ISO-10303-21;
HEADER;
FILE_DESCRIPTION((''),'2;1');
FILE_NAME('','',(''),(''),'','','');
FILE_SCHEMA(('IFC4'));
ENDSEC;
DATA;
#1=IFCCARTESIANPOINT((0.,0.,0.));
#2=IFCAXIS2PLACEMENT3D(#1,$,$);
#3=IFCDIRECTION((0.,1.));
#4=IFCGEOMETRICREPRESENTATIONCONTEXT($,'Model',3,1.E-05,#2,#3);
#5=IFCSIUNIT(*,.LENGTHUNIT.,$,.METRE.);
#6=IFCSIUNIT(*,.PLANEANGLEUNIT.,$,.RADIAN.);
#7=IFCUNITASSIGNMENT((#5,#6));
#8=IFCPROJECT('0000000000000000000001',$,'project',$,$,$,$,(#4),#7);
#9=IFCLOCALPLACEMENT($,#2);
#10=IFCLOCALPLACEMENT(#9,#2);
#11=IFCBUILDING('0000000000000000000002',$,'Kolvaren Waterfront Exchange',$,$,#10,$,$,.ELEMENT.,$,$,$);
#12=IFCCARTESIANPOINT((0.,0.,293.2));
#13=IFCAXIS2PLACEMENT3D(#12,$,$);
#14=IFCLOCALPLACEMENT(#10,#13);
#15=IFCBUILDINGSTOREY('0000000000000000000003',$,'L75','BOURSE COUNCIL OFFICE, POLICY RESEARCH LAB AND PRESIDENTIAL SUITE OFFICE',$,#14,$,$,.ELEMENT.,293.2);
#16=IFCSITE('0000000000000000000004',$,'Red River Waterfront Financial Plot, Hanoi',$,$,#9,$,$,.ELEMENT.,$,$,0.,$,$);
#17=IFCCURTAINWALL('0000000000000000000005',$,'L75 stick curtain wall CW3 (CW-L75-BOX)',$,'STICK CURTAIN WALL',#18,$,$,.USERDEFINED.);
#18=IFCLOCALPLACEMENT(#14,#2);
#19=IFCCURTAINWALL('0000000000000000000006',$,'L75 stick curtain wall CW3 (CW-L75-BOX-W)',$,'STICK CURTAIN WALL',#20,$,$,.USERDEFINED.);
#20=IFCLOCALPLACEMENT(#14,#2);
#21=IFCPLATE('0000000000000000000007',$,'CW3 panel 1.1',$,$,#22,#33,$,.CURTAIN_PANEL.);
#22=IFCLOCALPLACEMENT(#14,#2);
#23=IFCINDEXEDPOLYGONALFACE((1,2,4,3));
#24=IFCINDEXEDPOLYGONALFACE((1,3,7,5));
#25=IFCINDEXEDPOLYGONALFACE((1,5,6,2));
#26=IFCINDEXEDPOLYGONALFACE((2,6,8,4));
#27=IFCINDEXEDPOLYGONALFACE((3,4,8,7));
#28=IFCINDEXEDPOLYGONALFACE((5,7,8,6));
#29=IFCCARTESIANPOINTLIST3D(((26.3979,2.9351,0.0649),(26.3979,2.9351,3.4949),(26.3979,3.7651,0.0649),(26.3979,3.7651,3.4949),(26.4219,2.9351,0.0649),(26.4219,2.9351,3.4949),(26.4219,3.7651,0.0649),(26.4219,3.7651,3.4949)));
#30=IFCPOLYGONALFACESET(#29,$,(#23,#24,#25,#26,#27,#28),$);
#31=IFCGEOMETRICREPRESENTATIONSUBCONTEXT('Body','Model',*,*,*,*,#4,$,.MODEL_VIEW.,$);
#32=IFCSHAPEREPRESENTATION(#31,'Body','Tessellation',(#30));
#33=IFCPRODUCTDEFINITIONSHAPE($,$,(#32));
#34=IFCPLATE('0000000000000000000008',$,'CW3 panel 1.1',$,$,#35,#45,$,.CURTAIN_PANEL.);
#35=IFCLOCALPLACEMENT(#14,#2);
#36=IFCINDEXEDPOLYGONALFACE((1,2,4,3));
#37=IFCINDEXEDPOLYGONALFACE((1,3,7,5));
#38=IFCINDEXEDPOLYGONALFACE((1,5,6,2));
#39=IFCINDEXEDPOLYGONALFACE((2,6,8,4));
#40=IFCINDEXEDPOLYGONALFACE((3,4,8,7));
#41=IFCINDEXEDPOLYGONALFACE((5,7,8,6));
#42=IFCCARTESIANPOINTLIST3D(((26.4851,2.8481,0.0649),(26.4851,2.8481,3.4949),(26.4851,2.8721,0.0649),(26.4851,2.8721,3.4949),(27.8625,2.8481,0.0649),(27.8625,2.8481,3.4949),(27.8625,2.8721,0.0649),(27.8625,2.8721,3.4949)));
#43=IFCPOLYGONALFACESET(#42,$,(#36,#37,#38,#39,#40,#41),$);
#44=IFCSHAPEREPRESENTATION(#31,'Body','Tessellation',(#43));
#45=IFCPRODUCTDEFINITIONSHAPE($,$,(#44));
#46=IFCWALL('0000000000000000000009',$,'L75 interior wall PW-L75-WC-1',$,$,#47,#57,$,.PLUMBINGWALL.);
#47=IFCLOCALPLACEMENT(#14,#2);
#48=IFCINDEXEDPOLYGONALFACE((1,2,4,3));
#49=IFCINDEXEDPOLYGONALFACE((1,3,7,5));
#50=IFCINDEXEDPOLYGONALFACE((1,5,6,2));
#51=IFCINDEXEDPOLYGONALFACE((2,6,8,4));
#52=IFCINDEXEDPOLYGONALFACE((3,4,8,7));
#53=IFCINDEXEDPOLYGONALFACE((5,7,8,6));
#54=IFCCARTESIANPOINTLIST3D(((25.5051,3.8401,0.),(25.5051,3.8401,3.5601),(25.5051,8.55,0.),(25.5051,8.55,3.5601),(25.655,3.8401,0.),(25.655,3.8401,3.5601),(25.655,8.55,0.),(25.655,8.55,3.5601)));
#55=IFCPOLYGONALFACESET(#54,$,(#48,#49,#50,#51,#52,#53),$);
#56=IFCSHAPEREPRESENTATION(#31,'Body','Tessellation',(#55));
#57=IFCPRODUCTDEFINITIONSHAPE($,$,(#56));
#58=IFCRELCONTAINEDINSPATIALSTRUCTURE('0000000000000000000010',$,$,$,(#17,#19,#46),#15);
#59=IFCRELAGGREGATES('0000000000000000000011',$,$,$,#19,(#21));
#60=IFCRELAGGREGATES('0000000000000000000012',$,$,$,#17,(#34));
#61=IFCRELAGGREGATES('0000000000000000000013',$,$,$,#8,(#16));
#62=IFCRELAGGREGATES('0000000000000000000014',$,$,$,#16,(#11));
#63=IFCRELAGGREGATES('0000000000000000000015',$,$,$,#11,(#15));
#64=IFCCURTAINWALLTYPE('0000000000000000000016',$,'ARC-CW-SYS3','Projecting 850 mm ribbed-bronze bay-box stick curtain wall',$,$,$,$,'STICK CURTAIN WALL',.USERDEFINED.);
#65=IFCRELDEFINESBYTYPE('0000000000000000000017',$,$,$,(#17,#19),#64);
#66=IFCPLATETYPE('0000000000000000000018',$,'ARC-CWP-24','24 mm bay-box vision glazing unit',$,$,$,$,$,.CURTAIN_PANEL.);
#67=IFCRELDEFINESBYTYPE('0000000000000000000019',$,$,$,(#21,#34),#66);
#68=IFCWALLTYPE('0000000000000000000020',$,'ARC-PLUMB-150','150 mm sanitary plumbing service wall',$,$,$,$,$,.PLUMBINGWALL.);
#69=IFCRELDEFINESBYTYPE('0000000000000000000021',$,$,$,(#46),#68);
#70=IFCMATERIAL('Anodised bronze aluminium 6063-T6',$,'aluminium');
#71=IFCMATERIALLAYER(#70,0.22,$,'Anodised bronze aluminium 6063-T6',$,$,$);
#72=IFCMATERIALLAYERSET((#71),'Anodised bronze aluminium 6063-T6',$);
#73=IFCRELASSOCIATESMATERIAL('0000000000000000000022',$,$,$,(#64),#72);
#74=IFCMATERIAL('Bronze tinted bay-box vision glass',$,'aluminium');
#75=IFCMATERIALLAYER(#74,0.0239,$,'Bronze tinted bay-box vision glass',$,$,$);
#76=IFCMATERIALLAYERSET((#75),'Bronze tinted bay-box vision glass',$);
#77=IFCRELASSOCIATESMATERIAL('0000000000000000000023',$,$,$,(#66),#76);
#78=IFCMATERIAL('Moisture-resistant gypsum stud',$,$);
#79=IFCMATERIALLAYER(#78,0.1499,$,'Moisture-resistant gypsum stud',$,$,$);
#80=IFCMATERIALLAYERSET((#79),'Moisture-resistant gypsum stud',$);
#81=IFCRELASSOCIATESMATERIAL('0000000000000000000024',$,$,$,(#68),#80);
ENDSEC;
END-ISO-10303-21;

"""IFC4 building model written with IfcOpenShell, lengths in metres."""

from ifc_helpers import new_model, si_unit, direction, frame, frame_2d, origin, origin_with_axes, origin_2d, place, context, subcontext, project, spatial, rectangle, extrude, source, transform, mapped, material, layer, layer_set, type_object, element, aggregate, save


model = new_model("IFC4")

# Units and contexts
model_context = context("Model", 3, precision=1e-05, world=origin(), true_north=direction((0.0, 1.0)))
body_context = subcontext(model_context, "Body", "Model", "MODEL_VIEW")
ifc_project = project(units=[si_unit("LENGTHUNIT", "METRE"), si_unit("PLANEANGLEUNIT", "RADIAN")], contexts=[model_context])

# Site, building, storey
site_placement = place(None, origin())
site = spatial("IfcSite", under=ifc_project, at=site_placement, Name="Red River Waterfront Financial Plot, Hanoi", CompositionType="ELEMENT", RefElevation=0.0)
building_placement = place(site_placement, origin())
building = spatial("IfcBuilding", under=site, at=building_placement, Name="Kolvaren Waterfront Exchange", CompositionType="ELEMENT")
storey_placement = place(building_placement, frame((0.0, 0.0, 293.2)))
storey = spatial("IfcBuildingStorey", under=building, at=storey_placement, Name="L75", Description="BOURSE COUNCIL OFFICE, POLICY RESEARCH LAB AND PRESIDENTIAL SUITE OFFICE", CompositionType="ELEMENT", Elevation=293.2)

# Curtain walls
ifc_material_1 = material(Name="Anodised bronze aluminium 6063-T6", Category="aluminium")
ifc_layer_1 = layer(ifc_material_1, 0.22, Name="Anodised bronze aluminium 6063-T6")
ifc_layer_set_1 = layer_set([ifc_layer_1], Name="Anodised bronze aluminium 6063-T6")
curtain_wall_type_1 = type_object("IfcCurtainWallType", Name="ARC-CW-SYS3", Description="Projecting 850 mm ribbed-bronze bay-box stick curtain wall", ElementType="STICK CURTAIN WALL", PredefinedType="USERDEFINED", material=ifc_layer_set_1)
curtain_wall_1_placement = place(storey_placement, origin())
curtain_wall_1 = element("IfcCurtainWall", 1, at=curtain_wall_1_placement, inside=storey, type_object=curtain_wall_type_1, Name="L75 stick curtain wall CW3 (CW-L75-BOX)", ObjectType="STICK CURTAIN WALL", PredefinedType="USERDEFINED")
curtain_wall_2_placement = place(storey_placement, origin())
curtain_wall_2 = element("IfcCurtainWall", 2, at=curtain_wall_2_placement, inside=storey, type_object=curtain_wall_type_1, Name="L75 stick curtain wall CW3 (CW-L75-BOX-W)", ObjectType="STICK CURTAIN WALL", PredefinedType="USERDEFINED")

# Plates
ifc_material_2 = material(Name="Bronze tinted bay-box vision glass", Category="aluminium")
ifc_layer_2 = layer(ifc_material_2, 0.0239, Name="Bronze tinted bay-box vision glass")
ifc_layer_set_2 = layer_set([ifc_layer_2], Name="Bronze tinted bay-box vision glass")
plate_type = type_object("IfcPlateType", Name="ARC-CWP-24", Description="24 mm bay-box vision glazing unit", PredefinedType="CURTAIN_PANEL", material=ifc_layer_set_2)
shared_shape_1 = source(origin_with_axes(), body_context, "Body", "SweptSolid", [
    extrude(rectangle(XDim=0.8301, YDim=0.0239, at=origin_2d()), origin(), (0.0, 0.0, 1.0), 3.4299),
])
plate_1_placement = place(storey_placement, frame((26.4099, 3.3501, 0.0649), z_axis=(0.0, 0.0, 1.0), x_axis=(0.0, -1.0, 0.0)))
plate_1 = element("IfcPlate", 3, at=plate_1_placement, type_object=plate_type, Name="CW3 panel 1.1", PredefinedType="CURTAIN_PANEL", context=body_context, shape_type="MappedRepresentation", body=[
    mapped(shared_shape_1, transform((0.0, 0.0, 0.0), x_axis=(1.0, 0.0, 0.0), y_axis=(0.0, 1.0, 0.0), z_axis=(0.0, 0.0, 1.0), scale=1.0)),
])
aggregate(curtain_wall_2, [plate_1])
shared_shape_2 = source(origin_with_axes(), body_context, "Body", "SweptSolid", [
    extrude(rectangle(XDim=1.3774, YDim=0.0239, at=origin_2d()), origin(), (0.0, 0.0, 1.0), 3.4299),
])
plate_2_placement = place(storey_placement, frame((27.1738, 2.8601, 0.0649), z_axis=(0.0, 0.0, 1.0), x_axis=(1.0, 0.0, 0.0)))
plate_2 = element("IfcPlate", 4, at=plate_2_placement, type_object=plate_type, Name="CW3 panel 1.1", PredefinedType="CURTAIN_PANEL", context=body_context, shape_type="MappedRepresentation", body=[
    mapped(shared_shape_2, transform((0.0, 0.0, 0.0), x_axis=(1.0, 0.0, 0.0), y_axis=(0.0, 1.0, 0.0), z_axis=(0.0, 0.0, 1.0), scale=1.0)),
])
aggregate(curtain_wall_1, [plate_2])

# Shared definitions
ifc_material_3 = material(Name="Moisture-resistant gypsum stud")
ifc_layer_3 = layer(ifc_material_3, 0.1499, Name="Moisture-resistant gypsum stud")
ifc_layer_set_3 = layer_set([ifc_layer_3], Name="Moisture-resistant gypsum stud")
wall_type = type_object("IfcWallType", Name="ARC-PLUMB-150", Description="150 mm sanitary plumbing service wall", PredefinedType="PLUMBINGWALL", material=ifc_layer_set_3)

# Wall
wall_1_placement = place(storey_placement, frame((25.5801, 3.8401, 0.0), z_axis=(0.0, 0.0, 1.0), x_axis=(0.0, 1.0, 0.0)))
element("IfcWall", 5, at=wall_1_placement, inside=storey, type_object=wall_type, Name="L75 interior wall PW-L75-WC-1", PredefinedType="PLUMBINGWALL", context=body_context, shape_type="SweptSolid", body=[
    extrude(rectangle(XDim=4.71, YDim=0.1499, at=frame_2d((2.355, 0.0))), origin(), (0.0, 0.0, 1.0), 3.5601),
])

save(model, "model.ifc")
